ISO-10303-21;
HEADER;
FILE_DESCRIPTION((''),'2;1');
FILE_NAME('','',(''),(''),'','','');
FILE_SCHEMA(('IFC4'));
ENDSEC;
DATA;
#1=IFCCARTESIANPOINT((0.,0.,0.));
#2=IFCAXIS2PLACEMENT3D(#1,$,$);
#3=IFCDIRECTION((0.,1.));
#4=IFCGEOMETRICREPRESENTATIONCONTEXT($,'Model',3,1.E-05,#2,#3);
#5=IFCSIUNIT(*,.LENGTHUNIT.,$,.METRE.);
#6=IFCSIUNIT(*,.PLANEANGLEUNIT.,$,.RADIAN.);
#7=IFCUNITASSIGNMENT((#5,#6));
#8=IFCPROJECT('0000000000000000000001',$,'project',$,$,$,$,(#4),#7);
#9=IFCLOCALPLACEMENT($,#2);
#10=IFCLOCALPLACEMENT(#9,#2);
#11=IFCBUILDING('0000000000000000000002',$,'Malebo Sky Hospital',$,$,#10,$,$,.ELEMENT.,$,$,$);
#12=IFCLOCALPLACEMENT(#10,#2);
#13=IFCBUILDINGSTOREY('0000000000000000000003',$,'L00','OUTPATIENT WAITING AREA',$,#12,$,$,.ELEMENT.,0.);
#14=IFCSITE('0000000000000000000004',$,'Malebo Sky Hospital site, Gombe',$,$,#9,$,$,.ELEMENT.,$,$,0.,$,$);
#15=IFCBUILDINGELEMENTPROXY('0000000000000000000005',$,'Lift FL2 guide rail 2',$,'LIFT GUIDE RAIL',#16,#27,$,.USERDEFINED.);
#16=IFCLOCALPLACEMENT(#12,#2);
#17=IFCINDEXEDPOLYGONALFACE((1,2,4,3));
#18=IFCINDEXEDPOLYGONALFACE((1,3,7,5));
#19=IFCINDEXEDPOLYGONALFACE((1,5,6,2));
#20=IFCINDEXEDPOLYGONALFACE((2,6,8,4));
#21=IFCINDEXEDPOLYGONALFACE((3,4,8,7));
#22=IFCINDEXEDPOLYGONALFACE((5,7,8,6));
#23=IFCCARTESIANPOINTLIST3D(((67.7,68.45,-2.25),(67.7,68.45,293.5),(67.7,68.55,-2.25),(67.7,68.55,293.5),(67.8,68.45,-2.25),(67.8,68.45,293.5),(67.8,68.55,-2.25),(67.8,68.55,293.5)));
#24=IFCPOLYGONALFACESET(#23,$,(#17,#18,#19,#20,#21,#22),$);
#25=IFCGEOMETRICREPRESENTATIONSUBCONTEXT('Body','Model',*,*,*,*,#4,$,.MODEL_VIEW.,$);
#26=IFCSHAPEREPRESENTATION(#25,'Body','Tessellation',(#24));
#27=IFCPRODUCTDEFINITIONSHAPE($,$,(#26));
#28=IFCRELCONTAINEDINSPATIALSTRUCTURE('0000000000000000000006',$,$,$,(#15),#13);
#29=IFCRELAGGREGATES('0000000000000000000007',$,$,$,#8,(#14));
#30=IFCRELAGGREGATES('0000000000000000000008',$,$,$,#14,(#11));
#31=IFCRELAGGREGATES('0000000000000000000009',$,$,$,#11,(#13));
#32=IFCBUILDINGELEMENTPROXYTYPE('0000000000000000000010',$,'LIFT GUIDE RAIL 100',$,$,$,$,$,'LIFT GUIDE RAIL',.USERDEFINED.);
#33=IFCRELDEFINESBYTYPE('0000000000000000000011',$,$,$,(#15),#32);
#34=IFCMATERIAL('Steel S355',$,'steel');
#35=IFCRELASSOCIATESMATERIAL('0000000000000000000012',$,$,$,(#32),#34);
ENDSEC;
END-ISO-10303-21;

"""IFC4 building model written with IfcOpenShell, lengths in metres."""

from ifc_helpers import new_model, si_unit, direction, frame, origin, origin_2d, place, context, subcontext, project, spatial, rectangle, extrude, material, type_object, element, save


model = new_model("IFC4")

# Units and contexts
model_context = context("Model", 3, precision=1e-05, world=origin(), true_north=direction((0.0, 1.0)))
body_context = subcontext(model_context, "Body", "Model", "MODEL_VIEW")
ifc_project = project(units=[si_unit("LENGTHUNIT", "METRE"), si_unit("PLANEANGLEUNIT", "RADIAN")], contexts=[model_context])

# Site, building, storey
site_placement = place(None, origin())
site = spatial("IfcSite", under=ifc_project, at=site_placement, Name="Malebo Sky Hospital site, Gombe", CompositionType="ELEMENT", RefElevation=0.0)
building_placement = place(site_placement, origin())
building = spatial("IfcBuilding", under=site, at=building_placement, Name="Malebo Sky Hospital", CompositionType="ELEMENT")
storey_placement = place(building_placement, origin())
storey = spatial("IfcBuildingStorey", under=building, at=storey_placement, Name="L00", Description="OUTPATIENT WAITING AREA", CompositionType="ELEMENT", Elevation=0.0)

# Building element proxy
ifc_material_1 = material(Name="Steel S355", Category="steel")
building_element_proxy_type = type_object("IfcBuildingElementProxyType", Name="LIFT GUIDE RAIL 100", ElementType="LIFT GUIDE RAIL", PredefinedType="USERDEFINED", material=ifc_material_1)
proxy_placement = place(storey_placement, frame((67.75, 68.5, 0.0)))
element("IfcBuildingElementProxy", 1, at=proxy_placement, inside=storey, type_object=building_element_proxy_type, Name="Lift FL2 guide rail 2", ObjectType="LIFT GUIDE RAIL", PredefinedType="USERDEFINED", context=body_context, shape_type="SweptSolid", body=[
    extrude(rectangle(XDim=0.1001, YDim=0.1001, at=origin_2d()), frame((0.0, 0.0, -2.25)), (0.0, 0.0, 1.0), 295.75),
])

save(model, "model.ifc")
